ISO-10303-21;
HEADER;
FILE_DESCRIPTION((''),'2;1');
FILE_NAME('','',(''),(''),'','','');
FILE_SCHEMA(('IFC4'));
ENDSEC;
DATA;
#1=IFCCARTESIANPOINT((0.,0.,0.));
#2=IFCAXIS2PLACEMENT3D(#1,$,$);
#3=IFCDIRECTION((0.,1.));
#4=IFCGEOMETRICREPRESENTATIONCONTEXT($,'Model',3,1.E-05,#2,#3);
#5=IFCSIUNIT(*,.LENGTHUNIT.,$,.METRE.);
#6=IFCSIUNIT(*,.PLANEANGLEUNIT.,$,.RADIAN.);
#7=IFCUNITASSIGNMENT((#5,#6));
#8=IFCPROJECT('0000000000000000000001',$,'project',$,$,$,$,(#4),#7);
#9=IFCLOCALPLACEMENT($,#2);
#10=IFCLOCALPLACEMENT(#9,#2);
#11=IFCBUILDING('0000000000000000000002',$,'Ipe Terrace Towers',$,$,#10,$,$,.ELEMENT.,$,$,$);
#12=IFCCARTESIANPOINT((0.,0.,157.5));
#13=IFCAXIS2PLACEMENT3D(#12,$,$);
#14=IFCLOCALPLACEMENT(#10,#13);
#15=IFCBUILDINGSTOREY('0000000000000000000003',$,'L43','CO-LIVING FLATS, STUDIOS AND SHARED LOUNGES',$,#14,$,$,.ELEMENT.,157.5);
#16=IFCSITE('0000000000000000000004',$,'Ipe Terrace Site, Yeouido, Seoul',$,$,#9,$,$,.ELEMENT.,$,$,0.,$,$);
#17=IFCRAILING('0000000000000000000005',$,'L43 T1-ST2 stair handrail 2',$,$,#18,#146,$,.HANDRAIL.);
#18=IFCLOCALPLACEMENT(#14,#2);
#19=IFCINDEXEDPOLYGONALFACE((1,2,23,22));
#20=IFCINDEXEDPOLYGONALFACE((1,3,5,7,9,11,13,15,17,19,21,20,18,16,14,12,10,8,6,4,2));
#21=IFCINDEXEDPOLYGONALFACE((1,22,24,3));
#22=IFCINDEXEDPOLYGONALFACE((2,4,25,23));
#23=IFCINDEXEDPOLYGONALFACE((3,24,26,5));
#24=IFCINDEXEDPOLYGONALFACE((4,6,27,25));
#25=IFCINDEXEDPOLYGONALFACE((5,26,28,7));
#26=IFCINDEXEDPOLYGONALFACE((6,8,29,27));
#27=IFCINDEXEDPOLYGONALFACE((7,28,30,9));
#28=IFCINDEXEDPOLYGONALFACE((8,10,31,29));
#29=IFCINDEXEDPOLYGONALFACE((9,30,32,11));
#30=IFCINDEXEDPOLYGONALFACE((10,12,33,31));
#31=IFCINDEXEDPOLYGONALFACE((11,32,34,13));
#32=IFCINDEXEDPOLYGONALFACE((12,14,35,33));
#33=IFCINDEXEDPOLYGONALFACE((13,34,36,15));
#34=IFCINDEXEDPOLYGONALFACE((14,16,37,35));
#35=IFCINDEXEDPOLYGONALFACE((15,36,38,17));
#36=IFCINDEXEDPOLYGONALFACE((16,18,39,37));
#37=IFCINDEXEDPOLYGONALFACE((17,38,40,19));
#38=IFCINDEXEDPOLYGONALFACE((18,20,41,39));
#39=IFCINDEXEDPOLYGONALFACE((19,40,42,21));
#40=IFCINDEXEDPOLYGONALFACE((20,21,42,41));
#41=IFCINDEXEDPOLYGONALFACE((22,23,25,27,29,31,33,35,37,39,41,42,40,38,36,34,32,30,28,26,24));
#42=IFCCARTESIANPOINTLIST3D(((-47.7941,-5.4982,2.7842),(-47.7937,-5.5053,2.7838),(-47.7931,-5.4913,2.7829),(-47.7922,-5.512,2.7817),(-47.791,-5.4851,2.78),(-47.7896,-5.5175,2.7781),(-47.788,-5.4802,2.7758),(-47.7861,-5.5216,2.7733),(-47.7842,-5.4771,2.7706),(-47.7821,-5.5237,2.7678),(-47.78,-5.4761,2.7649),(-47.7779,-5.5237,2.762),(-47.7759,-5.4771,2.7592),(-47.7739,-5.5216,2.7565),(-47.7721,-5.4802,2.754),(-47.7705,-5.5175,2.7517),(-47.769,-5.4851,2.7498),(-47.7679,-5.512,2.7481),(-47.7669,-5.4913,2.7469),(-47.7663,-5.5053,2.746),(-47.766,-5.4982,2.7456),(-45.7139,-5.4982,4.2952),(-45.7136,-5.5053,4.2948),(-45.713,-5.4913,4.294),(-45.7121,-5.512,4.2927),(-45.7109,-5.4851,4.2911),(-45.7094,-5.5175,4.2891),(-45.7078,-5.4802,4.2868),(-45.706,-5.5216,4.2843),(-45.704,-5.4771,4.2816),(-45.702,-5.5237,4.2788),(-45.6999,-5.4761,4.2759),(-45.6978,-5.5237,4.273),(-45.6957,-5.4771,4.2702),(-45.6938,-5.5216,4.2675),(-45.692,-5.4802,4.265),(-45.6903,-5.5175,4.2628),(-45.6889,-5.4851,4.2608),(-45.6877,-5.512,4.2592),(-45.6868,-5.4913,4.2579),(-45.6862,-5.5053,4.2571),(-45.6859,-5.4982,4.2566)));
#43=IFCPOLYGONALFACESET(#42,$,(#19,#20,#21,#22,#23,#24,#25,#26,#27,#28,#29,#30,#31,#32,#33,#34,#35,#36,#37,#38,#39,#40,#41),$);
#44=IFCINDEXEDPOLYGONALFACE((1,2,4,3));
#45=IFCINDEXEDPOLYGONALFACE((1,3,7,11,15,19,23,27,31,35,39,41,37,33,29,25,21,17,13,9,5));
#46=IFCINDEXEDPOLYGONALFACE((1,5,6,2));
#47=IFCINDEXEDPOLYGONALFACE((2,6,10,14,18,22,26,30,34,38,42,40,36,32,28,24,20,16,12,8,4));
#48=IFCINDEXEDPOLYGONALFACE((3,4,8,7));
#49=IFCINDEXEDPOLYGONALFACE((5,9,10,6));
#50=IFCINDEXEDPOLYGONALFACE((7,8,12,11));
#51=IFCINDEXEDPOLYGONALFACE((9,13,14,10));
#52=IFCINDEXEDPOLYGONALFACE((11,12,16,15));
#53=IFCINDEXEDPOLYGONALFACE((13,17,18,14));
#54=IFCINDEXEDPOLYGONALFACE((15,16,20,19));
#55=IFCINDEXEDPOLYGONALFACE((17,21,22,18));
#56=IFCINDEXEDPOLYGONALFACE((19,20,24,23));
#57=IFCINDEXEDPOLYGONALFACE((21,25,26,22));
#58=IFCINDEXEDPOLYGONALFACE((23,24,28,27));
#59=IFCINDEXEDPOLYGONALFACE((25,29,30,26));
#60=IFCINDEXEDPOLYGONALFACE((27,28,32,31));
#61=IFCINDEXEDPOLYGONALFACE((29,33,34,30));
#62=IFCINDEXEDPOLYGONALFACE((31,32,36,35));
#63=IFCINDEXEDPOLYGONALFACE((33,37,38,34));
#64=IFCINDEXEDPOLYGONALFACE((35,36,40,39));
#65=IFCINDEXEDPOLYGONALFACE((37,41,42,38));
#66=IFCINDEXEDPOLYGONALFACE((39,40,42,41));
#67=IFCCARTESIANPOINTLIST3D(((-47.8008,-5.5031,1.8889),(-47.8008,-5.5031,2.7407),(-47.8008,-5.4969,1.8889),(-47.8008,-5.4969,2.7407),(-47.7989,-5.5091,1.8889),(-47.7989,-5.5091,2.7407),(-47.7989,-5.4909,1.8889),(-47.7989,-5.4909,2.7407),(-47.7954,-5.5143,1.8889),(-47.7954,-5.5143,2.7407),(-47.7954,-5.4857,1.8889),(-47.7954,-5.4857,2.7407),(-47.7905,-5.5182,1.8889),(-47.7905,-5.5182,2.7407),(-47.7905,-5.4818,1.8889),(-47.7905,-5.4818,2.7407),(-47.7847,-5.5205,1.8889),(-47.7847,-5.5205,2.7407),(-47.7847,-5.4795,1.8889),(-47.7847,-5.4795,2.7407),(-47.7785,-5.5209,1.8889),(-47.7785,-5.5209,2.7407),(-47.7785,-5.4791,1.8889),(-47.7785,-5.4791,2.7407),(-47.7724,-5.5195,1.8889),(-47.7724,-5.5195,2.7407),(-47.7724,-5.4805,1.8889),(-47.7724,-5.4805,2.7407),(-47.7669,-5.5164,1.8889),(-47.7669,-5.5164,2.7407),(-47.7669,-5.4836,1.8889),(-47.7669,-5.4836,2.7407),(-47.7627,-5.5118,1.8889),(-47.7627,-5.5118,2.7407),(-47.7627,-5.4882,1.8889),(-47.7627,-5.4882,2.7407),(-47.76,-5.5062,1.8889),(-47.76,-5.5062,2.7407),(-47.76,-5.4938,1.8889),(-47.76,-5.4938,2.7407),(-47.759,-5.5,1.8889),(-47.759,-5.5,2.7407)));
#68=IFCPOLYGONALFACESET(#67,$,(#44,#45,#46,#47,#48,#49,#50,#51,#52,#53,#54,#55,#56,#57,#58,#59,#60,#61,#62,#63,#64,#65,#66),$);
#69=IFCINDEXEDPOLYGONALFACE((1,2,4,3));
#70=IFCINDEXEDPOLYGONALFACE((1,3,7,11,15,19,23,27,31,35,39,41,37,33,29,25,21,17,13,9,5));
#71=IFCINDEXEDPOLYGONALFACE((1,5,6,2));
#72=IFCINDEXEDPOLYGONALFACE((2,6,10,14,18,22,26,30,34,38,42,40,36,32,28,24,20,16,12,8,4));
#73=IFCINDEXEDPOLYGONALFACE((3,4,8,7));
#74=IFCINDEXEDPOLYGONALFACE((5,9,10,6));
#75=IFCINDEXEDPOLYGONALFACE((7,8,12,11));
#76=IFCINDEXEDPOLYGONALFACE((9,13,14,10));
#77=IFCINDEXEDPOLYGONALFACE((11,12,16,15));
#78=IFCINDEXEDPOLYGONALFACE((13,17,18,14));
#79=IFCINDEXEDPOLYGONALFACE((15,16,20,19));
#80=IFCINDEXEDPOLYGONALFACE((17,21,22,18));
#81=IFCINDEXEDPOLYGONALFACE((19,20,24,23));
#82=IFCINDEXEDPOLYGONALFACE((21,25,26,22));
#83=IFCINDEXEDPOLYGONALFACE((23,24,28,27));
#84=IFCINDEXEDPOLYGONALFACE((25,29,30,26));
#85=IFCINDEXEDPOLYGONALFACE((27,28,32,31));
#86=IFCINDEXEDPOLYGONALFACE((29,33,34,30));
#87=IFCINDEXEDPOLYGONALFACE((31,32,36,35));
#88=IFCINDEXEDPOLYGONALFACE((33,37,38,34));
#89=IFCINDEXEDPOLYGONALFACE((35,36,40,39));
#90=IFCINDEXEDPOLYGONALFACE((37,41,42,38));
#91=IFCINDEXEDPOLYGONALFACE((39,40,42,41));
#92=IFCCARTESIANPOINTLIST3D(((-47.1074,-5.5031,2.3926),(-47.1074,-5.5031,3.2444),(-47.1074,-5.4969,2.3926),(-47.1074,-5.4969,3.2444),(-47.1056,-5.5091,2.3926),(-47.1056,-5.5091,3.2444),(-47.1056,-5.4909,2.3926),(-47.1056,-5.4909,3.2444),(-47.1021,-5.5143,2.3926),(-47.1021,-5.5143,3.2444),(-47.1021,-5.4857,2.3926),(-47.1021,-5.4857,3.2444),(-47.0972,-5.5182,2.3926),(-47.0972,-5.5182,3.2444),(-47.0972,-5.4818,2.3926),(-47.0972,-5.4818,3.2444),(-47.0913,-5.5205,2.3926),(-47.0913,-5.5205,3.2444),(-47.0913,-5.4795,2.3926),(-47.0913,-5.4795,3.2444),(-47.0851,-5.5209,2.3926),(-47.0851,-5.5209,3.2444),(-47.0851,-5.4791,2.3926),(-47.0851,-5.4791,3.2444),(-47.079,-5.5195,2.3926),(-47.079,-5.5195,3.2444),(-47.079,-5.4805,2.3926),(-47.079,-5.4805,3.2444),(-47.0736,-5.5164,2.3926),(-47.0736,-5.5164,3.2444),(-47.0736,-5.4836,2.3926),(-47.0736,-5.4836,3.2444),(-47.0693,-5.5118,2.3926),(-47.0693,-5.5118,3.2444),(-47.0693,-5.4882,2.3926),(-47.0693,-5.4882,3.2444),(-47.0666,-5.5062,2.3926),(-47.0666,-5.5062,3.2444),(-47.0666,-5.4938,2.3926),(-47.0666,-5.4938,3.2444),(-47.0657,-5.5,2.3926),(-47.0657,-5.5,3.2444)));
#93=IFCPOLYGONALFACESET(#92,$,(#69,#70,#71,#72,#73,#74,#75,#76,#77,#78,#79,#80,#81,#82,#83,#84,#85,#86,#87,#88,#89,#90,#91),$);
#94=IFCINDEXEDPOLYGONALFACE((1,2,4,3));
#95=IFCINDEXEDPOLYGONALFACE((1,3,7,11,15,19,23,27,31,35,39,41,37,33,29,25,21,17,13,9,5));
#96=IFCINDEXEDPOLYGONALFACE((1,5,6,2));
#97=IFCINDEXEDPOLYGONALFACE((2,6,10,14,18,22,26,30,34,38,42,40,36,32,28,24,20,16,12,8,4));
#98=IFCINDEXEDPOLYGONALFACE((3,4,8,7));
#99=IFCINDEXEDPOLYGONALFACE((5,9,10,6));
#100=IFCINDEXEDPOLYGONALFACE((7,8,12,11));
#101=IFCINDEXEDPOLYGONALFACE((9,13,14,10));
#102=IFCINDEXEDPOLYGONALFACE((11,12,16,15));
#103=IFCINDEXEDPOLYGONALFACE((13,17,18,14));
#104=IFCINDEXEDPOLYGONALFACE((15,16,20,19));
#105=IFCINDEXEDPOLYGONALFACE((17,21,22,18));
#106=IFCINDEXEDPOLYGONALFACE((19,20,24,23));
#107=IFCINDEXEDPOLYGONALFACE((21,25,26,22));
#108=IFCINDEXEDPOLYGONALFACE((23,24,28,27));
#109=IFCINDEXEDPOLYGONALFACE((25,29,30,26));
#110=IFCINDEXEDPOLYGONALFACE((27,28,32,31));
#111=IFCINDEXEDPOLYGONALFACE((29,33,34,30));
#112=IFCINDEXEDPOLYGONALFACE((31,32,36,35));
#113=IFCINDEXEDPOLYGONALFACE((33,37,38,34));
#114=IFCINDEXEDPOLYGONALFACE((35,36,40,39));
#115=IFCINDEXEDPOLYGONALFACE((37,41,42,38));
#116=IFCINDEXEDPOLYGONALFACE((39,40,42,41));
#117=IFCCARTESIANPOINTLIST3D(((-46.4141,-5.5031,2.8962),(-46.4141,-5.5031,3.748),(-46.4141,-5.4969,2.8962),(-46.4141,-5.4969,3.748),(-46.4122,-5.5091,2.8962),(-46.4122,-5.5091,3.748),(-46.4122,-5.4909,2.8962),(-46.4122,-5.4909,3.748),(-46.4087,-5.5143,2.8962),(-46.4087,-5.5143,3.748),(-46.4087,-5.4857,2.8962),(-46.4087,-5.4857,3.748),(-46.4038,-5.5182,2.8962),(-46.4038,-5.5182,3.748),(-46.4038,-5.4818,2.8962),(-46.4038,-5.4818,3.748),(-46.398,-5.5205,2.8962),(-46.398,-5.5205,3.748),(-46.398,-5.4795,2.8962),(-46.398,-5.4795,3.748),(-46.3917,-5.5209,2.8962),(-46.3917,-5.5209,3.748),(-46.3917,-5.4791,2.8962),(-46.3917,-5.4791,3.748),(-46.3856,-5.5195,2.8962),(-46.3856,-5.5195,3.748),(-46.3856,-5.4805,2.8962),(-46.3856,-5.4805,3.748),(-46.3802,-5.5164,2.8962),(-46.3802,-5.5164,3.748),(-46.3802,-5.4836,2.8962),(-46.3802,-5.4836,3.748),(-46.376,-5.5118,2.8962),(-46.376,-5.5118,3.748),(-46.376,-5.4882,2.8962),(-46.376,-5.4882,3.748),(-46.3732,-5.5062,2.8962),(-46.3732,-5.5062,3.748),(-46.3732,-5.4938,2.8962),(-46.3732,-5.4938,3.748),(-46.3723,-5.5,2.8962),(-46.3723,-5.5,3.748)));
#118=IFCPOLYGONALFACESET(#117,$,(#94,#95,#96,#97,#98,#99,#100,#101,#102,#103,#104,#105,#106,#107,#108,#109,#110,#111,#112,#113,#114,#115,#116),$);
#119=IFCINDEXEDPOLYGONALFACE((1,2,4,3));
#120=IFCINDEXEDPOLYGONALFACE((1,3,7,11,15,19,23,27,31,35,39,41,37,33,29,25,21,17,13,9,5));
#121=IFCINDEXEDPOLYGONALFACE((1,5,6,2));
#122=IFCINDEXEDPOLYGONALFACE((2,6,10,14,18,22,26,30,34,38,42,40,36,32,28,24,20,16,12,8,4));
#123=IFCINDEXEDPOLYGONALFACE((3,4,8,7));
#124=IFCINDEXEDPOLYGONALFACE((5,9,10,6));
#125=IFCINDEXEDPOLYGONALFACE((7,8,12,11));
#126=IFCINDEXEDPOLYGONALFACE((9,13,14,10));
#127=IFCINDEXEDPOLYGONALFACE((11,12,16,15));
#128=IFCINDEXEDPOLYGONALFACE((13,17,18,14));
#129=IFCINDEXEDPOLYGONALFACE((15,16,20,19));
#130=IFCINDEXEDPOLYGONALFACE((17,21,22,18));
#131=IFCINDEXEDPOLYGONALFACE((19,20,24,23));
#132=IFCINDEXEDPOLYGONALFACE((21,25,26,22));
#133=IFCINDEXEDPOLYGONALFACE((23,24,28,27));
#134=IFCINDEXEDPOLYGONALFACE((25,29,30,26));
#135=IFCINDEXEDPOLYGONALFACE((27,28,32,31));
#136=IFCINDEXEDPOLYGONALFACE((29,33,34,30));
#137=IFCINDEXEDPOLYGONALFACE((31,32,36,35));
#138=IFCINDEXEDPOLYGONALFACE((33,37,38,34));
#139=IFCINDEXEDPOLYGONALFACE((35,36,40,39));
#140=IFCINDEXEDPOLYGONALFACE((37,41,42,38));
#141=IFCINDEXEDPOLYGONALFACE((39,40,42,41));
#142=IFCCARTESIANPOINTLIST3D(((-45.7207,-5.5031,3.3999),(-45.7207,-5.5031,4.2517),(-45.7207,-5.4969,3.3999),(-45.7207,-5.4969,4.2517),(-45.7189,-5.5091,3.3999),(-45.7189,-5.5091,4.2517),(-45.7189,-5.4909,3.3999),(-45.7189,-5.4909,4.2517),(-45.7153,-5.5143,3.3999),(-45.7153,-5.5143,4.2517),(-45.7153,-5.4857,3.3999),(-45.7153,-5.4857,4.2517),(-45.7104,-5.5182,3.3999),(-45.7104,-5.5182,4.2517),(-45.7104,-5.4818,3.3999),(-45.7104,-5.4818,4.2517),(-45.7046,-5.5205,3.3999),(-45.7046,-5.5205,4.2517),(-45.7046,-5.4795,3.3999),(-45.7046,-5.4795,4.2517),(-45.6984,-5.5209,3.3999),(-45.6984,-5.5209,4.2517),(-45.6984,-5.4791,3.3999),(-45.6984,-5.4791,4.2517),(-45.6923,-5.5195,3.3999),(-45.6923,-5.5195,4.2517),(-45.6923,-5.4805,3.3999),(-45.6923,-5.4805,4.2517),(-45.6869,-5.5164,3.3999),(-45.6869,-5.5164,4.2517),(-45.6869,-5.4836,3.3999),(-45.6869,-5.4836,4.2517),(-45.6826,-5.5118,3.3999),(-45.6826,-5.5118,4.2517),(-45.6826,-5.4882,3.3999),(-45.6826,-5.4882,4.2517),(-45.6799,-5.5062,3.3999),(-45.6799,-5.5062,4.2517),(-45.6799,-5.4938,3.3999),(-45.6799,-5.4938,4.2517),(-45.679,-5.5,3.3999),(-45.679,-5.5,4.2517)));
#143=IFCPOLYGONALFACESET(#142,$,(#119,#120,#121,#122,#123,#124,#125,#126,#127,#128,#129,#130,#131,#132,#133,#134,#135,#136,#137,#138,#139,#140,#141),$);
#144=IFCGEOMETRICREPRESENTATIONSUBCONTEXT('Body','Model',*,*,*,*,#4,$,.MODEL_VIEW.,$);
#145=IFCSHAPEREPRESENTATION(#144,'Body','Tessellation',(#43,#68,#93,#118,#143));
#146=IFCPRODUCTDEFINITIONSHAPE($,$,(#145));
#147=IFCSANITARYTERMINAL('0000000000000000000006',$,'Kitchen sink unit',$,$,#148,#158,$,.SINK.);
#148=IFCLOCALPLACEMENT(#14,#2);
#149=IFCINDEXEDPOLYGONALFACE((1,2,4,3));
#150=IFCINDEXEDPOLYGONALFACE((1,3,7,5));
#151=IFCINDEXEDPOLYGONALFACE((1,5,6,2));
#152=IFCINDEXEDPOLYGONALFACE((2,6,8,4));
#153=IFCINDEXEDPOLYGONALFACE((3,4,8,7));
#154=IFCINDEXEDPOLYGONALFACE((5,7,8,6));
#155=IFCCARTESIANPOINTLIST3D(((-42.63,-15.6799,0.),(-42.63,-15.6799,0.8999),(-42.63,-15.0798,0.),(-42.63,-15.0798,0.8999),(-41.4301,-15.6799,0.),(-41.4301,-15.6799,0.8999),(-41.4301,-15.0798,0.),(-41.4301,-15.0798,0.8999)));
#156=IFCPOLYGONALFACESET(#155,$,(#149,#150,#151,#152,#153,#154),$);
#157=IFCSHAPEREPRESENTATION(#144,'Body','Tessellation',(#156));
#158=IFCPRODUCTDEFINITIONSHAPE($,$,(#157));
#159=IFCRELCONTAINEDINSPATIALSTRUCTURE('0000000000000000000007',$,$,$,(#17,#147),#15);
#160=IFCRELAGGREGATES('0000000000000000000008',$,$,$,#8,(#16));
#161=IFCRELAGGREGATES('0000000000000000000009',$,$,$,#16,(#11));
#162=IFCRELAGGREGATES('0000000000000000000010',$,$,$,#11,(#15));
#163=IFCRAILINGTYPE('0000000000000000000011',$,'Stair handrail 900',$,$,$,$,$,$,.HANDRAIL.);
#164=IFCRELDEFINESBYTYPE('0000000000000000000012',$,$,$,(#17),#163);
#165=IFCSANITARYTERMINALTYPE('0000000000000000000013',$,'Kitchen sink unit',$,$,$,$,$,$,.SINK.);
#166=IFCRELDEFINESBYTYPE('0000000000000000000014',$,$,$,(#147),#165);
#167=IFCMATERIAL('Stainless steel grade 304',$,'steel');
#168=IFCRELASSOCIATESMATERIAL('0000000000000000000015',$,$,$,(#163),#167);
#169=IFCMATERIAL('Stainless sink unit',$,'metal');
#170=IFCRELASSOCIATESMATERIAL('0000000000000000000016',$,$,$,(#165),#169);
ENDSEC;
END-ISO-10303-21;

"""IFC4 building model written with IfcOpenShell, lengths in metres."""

from ifc_helpers import new_model, si_unit, direction, frame, origin, origin_2d, place, context, subcontext, project, spatial, rectangle, circle, extrude, material, type_object, element, save


model = new_model("IFC4")

# Units and contexts
model_context = context("Model", 3, precision=1e-05, world=origin(), true_north=direction((0.0, 1.0)))
body_context = subcontext(model_context, "Body", "Model", "MODEL_VIEW")
ifc_project = project(units=[si_unit("LENGTHUNIT", "METRE"), si_unit("PLANEANGLEUNIT", "RADIAN")], contexts=[model_context])

# Site, building, storey
site_placement = place(None, origin())
site = spatial("IfcSite", under=ifc_project, at=site_placement, Name="Ipe Terrace Site, Yeouido, Seoul", CompositionType="ELEMENT", RefElevation=0.0)
building_placement = place(site_placement, origin())
building = spatial("IfcBuilding", under=site, at=building_placement, Name="Ipe Terrace Towers", CompositionType="ELEMENT")
storey_placement = place(building_placement, frame((0.0, 0.0, 157.5)))
storey = spatial("IfcBuildingStorey", under=building, at=storey_placement, Name="L43", Description="CO-LIVING FLATS, STUDIOS AND SHARED LOUNGES", CompositionType="ELEMENT", Elevation=157.5)

# Railing
ifc_material_1 = material(Name="Stainless steel grade 304", Category="steel")
railing_type_1 = type_object("IfcRailingType", Name="Stair handrail 900", PredefinedType="HANDRAIL", material=ifc_material_1)
railing_1_placement = place(storey_placement, frame((-47.78, -5.5, 1.8889)))
element("IfcRailing", 1, at=railing_1_placement, inside=storey, type_object=railing_type_1, Name="L43 T1-ST2 stair handrail 2", PredefinedType="HANDRAIL", context=body_context, shape_type="SweptSolid", body=[
    extrude(circle(Radius=0.0239, at=origin_2d()), frame((0.0, 0.0, 0.876), z_axis=(0.809069, 0.0, 0.587714), x_axis=(0.0, 1.0, 0.0)), (0.0, 0.0, 1.0), 2.571),
    extrude(circle(Radius=0.021, at=origin_2d()), origin(), (0.0, 0.0, 1.0), 0.8518),
    extrude(circle(Radius=0.021, at=origin_2d()), frame((0.6934, 0.0, 0.5037)), (0.0, 0.0, 1.0), 0.8518),
    extrude(circle(Radius=0.021, at=origin_2d()), frame((1.3867, 0.0, 1.0073)), (0.0, 0.0, 1.0), 0.8518),
    extrude(circle(Radius=0.021, at=origin_2d()), frame((2.0801, 0.0, 1.511)), (0.0, 0.0, 1.0), 0.8518),
])

# Sanitary terminal
ifc_material_2 = material(Name="Stainless sink unit", Category="metal")
sanitary_terminal_type = type_object("IfcSanitaryTerminalType", Name="Kitchen sink unit", PredefinedType="SINK", material=ifc_material_2)
sanitary_terminal_placement = place(storey_placement, frame((-42.03, -15.3799, 0.0), z_axis=(0.0, 0.0, 1.0), x_axis=(-1.0, 0.0, 0.0)))
element("IfcSanitaryTerminal", 2, at=sanitary_terminal_placement, inside=storey, type_object=sanitary_terminal_type, Name="Kitchen sink unit", PredefinedType="SINK", context=body_context, shape_type="SweptSolid", body=[
    extrude(rectangle(XDim=1.2, YDim=0.6001, at=origin_2d()), origin(), (0.0, 0.0, 1.0), 0.8999),
])

save(model, "model.ifc")
